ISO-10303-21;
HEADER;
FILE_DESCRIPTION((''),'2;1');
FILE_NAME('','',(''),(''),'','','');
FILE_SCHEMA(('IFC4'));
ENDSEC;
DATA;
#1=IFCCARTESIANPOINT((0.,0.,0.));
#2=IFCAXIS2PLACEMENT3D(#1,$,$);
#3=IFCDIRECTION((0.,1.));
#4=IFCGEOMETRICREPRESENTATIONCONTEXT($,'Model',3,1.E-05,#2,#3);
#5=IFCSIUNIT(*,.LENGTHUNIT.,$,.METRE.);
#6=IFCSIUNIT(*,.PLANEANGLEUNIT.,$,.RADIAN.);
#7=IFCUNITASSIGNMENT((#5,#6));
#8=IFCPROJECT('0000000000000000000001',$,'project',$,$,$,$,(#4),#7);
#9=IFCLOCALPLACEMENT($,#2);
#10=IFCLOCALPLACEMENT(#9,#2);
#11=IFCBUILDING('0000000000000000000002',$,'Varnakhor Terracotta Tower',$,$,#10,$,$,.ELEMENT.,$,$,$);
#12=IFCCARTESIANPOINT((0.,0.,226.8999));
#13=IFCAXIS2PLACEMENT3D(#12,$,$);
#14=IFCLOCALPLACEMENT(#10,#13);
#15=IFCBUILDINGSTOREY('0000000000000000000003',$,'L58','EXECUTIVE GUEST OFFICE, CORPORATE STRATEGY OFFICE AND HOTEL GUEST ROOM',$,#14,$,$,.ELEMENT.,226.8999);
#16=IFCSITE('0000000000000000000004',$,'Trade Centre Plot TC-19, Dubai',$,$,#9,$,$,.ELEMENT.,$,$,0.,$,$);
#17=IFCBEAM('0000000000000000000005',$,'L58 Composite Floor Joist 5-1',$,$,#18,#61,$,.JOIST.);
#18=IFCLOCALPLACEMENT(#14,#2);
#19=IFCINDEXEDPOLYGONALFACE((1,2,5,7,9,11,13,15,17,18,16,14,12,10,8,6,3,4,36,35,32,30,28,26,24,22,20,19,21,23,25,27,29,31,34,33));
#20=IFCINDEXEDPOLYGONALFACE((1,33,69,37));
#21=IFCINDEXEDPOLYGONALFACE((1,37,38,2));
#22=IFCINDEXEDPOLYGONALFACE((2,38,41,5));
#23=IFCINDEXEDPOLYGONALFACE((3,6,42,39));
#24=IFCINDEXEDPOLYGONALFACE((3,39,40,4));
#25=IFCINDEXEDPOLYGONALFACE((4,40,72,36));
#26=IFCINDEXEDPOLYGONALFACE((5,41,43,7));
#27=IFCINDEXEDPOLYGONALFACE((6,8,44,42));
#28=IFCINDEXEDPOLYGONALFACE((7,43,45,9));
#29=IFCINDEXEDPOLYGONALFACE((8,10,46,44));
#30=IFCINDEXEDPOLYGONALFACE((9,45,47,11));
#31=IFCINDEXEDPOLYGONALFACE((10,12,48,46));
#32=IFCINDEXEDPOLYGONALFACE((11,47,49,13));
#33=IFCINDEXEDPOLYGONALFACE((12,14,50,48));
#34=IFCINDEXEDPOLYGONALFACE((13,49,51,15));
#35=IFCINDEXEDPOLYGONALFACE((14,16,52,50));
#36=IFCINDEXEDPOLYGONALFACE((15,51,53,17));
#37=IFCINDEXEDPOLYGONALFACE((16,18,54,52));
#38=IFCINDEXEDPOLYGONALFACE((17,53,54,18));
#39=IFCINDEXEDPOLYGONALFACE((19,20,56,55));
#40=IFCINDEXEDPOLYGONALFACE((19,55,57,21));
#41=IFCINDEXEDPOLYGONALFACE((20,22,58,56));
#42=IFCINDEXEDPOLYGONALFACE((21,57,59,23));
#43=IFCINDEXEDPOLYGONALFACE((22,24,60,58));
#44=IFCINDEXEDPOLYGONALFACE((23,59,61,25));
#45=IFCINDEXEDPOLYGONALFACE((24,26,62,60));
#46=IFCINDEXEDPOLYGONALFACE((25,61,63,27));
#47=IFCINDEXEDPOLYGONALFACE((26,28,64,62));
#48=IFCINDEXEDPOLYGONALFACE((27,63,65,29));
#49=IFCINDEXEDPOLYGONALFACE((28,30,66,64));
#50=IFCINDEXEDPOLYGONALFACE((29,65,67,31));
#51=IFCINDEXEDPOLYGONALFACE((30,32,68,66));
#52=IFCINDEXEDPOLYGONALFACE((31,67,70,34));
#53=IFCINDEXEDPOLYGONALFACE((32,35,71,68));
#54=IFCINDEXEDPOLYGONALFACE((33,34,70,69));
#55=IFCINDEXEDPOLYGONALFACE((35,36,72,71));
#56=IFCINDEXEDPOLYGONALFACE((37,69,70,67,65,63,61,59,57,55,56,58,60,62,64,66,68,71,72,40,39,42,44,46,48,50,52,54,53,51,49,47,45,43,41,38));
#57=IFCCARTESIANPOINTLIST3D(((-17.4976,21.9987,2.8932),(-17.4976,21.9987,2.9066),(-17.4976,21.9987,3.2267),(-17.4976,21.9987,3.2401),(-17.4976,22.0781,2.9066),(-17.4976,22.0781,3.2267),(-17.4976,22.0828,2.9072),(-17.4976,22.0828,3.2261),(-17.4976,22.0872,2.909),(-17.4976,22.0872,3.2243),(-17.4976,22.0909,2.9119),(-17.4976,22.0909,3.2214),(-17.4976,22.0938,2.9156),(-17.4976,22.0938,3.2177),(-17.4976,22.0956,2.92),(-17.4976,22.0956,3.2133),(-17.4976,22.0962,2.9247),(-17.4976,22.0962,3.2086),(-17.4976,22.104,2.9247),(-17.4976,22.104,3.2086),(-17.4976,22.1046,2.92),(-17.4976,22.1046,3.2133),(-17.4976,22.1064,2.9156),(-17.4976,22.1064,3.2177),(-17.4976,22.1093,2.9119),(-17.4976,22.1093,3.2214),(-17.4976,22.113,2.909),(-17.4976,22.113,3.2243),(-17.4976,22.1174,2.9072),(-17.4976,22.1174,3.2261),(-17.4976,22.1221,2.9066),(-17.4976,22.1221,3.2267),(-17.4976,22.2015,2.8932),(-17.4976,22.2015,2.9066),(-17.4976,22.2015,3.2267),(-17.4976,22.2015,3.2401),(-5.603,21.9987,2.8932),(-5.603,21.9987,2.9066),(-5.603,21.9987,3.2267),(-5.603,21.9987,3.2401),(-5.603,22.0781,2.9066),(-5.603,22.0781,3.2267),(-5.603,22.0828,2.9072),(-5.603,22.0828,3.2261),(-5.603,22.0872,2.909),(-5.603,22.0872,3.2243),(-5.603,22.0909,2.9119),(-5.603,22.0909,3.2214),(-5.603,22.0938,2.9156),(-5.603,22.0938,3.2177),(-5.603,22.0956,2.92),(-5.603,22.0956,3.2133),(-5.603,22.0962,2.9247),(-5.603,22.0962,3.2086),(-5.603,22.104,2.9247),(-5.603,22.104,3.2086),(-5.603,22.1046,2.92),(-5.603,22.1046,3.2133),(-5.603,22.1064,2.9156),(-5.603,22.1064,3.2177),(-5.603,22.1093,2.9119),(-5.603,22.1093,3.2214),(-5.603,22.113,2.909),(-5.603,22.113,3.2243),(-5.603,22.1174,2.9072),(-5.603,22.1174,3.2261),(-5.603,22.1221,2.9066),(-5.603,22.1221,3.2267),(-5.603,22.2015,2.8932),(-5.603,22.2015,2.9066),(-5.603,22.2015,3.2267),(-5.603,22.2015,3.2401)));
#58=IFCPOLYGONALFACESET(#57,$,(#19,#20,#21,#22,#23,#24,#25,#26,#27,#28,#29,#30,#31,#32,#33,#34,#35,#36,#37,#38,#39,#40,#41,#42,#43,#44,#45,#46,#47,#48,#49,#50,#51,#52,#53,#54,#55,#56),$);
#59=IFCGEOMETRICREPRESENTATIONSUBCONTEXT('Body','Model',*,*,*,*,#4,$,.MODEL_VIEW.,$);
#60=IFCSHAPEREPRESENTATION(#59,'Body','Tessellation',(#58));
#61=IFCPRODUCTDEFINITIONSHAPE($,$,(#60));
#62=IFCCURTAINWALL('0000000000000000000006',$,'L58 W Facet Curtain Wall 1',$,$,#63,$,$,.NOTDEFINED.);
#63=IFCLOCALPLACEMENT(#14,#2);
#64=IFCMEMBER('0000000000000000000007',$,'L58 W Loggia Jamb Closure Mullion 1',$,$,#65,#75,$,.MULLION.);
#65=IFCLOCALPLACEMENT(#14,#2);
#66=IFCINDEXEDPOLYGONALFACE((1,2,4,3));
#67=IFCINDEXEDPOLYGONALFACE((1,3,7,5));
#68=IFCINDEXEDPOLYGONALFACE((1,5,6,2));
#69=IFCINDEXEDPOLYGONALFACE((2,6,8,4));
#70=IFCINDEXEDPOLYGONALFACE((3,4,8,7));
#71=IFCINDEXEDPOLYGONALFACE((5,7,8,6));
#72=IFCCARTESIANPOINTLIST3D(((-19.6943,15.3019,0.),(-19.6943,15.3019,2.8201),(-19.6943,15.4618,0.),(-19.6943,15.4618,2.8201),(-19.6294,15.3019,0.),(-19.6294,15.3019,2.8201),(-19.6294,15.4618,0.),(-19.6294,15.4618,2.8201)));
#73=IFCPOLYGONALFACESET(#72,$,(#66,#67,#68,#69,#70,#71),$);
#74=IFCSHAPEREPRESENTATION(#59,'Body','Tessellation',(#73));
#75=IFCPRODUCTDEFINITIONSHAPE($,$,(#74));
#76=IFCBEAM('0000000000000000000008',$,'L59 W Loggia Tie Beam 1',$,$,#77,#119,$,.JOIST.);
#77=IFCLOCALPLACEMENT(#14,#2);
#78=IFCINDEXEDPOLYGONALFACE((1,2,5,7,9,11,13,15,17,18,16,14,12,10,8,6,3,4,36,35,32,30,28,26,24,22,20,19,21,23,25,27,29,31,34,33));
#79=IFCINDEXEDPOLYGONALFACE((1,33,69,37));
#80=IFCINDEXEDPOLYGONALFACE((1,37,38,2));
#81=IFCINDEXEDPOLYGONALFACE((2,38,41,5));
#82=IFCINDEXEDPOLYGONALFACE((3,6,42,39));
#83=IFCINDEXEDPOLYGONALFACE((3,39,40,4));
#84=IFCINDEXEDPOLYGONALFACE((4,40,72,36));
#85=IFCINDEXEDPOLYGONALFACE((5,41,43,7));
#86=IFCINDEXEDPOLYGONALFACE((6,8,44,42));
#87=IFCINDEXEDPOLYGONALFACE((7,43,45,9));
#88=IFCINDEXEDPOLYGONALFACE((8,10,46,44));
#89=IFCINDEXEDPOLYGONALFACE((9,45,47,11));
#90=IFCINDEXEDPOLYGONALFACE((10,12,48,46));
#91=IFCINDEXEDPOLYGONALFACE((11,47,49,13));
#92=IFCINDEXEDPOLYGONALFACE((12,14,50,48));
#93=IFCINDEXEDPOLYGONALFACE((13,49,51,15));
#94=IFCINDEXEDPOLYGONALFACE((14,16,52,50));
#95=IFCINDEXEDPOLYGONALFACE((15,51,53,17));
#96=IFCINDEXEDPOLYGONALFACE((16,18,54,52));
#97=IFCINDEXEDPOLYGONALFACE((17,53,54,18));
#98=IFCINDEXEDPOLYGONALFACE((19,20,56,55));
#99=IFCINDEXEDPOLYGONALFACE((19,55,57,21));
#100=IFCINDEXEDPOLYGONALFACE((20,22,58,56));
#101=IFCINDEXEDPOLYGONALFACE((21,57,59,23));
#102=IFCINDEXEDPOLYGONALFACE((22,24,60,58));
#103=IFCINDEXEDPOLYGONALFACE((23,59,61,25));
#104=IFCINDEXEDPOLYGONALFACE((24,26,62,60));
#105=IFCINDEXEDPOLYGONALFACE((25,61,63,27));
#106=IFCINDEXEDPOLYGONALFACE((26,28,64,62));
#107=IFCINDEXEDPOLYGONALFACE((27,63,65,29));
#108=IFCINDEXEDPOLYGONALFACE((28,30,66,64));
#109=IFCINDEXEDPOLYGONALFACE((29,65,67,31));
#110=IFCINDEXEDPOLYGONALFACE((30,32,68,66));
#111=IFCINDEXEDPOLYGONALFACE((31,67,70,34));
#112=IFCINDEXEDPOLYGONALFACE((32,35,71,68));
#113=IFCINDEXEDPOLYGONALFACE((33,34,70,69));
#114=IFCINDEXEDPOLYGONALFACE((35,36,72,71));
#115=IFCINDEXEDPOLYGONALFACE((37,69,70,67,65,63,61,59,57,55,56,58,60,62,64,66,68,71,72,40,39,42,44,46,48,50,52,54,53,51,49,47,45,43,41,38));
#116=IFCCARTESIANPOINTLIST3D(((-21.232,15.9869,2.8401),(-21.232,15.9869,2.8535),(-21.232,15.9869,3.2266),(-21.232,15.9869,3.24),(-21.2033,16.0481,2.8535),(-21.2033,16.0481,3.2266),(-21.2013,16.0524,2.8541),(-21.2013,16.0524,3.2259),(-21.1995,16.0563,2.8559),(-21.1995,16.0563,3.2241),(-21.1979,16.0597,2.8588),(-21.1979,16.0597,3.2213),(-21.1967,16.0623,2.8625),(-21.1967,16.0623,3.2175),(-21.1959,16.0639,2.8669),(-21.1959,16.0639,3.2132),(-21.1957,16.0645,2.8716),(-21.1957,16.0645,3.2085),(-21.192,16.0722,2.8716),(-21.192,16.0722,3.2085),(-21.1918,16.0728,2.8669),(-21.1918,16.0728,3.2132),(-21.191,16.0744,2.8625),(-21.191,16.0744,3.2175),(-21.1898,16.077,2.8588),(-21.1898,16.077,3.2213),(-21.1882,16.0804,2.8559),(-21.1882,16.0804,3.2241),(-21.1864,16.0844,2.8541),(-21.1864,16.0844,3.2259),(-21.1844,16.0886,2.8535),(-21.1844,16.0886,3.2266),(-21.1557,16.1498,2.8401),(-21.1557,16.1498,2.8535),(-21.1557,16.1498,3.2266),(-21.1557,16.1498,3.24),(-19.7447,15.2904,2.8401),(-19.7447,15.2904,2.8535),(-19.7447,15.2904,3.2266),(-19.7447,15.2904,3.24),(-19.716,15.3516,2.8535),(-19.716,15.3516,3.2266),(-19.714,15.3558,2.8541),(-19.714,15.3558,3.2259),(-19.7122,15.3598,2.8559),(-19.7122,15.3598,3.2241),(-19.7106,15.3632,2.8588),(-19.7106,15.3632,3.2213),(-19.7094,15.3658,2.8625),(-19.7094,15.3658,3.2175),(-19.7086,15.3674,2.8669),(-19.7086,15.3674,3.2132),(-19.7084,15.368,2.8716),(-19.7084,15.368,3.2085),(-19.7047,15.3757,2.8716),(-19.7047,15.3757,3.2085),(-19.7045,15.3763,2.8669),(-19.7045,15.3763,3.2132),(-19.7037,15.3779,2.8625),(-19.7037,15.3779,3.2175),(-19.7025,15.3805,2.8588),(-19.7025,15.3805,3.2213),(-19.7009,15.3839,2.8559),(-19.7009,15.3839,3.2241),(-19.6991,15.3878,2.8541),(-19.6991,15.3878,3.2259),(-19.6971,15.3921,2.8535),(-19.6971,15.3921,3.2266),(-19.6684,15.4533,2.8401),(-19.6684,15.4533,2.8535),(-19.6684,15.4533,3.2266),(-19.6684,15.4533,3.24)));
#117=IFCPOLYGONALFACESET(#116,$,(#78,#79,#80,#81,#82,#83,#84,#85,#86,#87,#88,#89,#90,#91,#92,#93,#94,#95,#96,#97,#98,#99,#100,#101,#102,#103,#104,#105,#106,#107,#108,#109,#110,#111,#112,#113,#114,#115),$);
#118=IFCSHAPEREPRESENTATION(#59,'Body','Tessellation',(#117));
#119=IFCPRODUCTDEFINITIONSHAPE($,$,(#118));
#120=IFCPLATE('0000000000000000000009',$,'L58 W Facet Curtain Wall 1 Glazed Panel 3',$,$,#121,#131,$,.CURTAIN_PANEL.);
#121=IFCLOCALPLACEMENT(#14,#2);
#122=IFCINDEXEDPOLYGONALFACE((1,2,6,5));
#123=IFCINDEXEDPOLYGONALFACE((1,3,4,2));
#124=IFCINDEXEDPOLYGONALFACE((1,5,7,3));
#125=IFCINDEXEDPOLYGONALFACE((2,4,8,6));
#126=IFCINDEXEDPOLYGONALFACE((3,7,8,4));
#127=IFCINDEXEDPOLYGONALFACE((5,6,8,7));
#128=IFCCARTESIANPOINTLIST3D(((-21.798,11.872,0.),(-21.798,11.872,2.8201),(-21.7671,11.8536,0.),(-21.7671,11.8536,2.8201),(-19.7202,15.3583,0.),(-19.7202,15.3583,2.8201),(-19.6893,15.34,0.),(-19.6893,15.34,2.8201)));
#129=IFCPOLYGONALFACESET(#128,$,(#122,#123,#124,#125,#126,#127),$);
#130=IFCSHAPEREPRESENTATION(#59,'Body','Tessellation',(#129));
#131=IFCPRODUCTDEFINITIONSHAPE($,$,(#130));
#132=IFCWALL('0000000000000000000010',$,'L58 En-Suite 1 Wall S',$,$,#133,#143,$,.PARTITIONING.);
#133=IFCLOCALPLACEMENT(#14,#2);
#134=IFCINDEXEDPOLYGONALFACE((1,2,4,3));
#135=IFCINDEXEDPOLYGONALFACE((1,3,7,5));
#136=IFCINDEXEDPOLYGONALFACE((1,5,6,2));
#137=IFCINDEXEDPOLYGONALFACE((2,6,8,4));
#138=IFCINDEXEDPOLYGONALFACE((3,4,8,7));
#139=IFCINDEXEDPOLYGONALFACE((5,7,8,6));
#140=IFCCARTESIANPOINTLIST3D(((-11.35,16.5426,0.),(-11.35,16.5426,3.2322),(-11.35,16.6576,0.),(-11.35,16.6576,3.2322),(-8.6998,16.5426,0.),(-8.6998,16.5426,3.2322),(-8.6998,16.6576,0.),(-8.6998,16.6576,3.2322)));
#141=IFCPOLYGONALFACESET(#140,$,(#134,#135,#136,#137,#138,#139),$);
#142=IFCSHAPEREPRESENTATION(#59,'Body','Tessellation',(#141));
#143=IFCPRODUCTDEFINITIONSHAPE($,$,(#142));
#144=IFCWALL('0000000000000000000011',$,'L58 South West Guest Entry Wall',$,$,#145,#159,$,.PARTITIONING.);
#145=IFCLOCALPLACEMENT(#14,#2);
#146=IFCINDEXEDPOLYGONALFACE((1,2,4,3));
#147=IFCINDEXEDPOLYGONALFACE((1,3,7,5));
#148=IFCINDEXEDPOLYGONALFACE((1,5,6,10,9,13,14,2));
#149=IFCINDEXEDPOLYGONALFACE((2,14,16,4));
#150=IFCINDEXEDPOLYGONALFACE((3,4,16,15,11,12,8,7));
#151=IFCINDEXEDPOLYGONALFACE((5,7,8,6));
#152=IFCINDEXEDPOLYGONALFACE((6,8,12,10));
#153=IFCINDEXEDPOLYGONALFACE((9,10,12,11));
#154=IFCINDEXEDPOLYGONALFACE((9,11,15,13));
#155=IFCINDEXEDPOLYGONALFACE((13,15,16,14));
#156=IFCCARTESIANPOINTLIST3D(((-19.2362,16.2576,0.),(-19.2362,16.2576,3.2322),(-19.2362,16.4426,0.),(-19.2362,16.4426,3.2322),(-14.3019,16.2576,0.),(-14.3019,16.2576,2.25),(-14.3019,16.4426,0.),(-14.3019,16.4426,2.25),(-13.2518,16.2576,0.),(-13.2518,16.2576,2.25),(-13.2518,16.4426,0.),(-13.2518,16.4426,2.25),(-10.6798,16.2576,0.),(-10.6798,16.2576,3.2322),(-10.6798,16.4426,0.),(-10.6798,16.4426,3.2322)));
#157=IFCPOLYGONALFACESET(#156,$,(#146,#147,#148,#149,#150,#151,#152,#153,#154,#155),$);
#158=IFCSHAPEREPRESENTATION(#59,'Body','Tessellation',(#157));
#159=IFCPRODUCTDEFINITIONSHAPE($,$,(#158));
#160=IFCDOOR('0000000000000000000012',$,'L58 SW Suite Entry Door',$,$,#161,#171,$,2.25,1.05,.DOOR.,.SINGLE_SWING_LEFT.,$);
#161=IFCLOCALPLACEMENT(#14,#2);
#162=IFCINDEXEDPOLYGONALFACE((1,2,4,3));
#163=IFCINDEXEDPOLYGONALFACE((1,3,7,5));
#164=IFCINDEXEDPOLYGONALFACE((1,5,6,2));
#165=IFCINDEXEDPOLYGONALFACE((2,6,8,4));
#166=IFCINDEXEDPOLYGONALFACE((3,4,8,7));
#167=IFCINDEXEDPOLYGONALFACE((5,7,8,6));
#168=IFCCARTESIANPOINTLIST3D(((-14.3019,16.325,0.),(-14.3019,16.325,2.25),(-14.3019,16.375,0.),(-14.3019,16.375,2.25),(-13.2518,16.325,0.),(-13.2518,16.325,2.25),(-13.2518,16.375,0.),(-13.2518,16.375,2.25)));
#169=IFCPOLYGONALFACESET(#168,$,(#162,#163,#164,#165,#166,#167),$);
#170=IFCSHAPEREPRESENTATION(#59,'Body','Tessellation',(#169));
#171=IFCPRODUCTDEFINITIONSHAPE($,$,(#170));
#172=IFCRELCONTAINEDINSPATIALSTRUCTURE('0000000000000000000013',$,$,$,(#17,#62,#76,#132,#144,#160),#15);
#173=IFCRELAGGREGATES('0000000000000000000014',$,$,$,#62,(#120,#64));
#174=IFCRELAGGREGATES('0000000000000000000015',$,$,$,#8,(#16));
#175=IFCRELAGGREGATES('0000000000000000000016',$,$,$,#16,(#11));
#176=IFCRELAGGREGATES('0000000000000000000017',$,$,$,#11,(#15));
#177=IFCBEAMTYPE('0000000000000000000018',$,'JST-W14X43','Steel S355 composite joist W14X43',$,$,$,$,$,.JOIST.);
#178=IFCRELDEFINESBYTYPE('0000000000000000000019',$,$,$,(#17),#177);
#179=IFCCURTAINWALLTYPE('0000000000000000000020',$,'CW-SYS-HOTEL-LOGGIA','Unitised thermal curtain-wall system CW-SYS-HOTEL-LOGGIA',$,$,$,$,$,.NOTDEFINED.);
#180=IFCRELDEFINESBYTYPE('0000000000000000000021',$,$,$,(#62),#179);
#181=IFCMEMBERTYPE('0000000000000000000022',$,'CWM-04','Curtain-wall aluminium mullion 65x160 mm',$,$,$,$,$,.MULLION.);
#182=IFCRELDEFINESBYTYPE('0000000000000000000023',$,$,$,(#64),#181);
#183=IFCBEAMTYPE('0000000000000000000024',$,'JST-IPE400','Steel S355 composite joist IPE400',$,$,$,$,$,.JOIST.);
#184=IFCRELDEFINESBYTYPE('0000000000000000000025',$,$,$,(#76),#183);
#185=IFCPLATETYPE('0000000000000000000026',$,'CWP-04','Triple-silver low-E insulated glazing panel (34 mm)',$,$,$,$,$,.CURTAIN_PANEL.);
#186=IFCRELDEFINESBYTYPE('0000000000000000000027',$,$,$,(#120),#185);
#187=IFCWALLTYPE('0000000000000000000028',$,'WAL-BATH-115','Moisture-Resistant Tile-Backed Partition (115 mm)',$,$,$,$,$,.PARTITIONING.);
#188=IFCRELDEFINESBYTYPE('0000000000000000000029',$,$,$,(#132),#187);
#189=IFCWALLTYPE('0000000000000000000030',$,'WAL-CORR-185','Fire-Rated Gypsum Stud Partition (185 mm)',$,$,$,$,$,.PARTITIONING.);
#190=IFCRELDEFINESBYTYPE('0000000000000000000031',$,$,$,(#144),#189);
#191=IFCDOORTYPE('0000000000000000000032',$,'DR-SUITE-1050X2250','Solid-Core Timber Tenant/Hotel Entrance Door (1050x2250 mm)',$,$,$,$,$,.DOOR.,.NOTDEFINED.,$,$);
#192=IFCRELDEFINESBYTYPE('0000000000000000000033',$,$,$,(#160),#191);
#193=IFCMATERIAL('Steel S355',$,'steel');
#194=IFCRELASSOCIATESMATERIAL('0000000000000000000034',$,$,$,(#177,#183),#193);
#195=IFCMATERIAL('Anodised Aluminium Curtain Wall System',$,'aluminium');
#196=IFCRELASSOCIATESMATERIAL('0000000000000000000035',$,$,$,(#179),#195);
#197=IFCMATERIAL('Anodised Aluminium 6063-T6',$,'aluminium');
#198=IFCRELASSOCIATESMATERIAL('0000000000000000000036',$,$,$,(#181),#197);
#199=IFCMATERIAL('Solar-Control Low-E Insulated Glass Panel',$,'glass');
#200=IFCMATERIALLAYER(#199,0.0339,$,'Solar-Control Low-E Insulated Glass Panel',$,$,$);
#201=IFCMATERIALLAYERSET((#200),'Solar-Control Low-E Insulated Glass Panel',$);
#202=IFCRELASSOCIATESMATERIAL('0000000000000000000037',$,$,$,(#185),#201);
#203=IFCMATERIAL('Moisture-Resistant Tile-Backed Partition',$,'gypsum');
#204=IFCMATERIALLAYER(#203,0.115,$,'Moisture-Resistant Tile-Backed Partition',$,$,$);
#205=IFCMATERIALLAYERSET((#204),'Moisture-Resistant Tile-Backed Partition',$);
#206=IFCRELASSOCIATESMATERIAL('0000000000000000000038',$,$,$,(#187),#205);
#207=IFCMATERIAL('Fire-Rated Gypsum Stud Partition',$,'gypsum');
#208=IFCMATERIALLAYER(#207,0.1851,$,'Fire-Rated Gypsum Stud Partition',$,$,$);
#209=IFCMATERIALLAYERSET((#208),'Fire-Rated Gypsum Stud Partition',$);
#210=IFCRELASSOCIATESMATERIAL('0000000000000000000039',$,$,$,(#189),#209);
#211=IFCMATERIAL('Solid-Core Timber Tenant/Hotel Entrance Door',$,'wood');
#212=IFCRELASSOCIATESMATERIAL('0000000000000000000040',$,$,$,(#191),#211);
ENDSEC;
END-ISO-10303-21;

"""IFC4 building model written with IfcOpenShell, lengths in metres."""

from ifc_helpers import new_model, si_unit, direction, frame, frame_2d, origin, origin_2d, place, context, subcontext, project, spatial, rectangle, i_section, extrude, source, transform, mapped, material, layer, layer_set, material_profile, profile_set, type_object, type_shapes, element, fill, aggregate, save


model = new_model("IFC4")

# Units and contexts
model_context = context("Model", 3, precision=1e-05, world=origin(), true_north=direction((0.0, 1.0)))
body_context = subcontext(model_context, "Body", "Model", "MODEL_VIEW")
ifc_project = project(units=[si_unit("LENGTHUNIT", "METRE"), si_unit("PLANEANGLEUNIT", "RADIAN")], contexts=[model_context])

# Site, building, storey
site_placement = place(None, origin())
site = spatial("IfcSite", under=ifc_project, at=site_placement, Name="Trade Centre Plot TC-19, Dubai", CompositionType="ELEMENT", RefElevation=0.0)
building_placement = place(site_placement, origin())
building = spatial("IfcBuilding", under=site, at=building_placement, Name="Varnakhor Terracotta Tower", CompositionType="ELEMENT")
storey_placement = place(building_placement, frame((0.0, 0.0, 226.8999)))
storey = spatial("IfcBuildingStorey", under=building, at=storey_placement, Name="L58", Description="EXECUTIVE GUEST OFFICE, CORPORATE STRATEGY OFFICE AND HOTEL GUEST ROOM", CompositionType="ELEMENT", Elevation=226.8999)

# Beam
ifc_material_1 = material(Name="Steel S355", Category="steel")
ifc_material_profile_1 = material_profile(ifc_material_1, i_section(OverallWidth=0.2029, OverallDepth=0.3469, WebThickness=0.0078, FlangeThickness=0.0134, FilletRadius=0.0181, at=origin_2d()), Name="W14X43")
ifc_profile_set_1 = profile_set([ifc_material_profile_1], Name="Steel S355")
beam_type_1 = type_object("IfcBeamType", Name="JST-W14X43", Description="Steel S355 composite joist W14X43", PredefinedType="JOIST", material=ifc_profile_set_1)
shared_shape_1 = source(origin(), body_context, "Body", "SweptSolid", [
    extrude(i_section(OverallWidth=0.2029, OverallDepth=0.3469, WebThickness=0.0078, FlangeThickness=0.0134, FilletRadius=0.0181, at=origin_2d()), origin(), (0.0, 0.0, 1.0), 11.8945),
])
beam_1_placement = place(storey_placement, frame((-17.4976, 22.1001, 3.0667), z_axis=(1.0, 0.0, 0.0), x_axis=(0.0, 1.0, 0.0)))
element("IfcBeam", 1, at=beam_1_placement, inside=storey, type_object=beam_type_1, Name="L58 Composite Floor Joist 5-1", PredefinedType="JOIST", context=body_context, shape_type="MappedRepresentation", body=[
    mapped(shared_shape_1, transform((0.0, 0.0, 0.0), scale=1.0)),
])

# Curtain wall, member
ifc_material_2 = material(Name="Anodised Aluminium Curtain Wall System", Category="aluminium")
curtain_wall_type = type_object("IfcCurtainWallType", Name="CW-SYS-HOTEL-LOGGIA", Description="Unitised thermal curtain-wall system CW-SYS-HOTEL-LOGGIA", PredefinedType="NOTDEFINED", material=ifc_material_2)
curtain_wall_placement = place(storey_placement, origin())
curtain_wall = element("IfcCurtainWall", 2, at=curtain_wall_placement, inside=storey, type_object=curtain_wall_type, Name="L58 W Facet Curtain Wall 1", PredefinedType="NOTDEFINED")
ifc_material_3 = material(Name="Anodised Aluminium 6063-T6", Category="aluminium")
ifc_material_profile_2 = material_profile(ifc_material_3, rectangle(XDim=0.0649, YDim=0.1599, at=origin_2d()), Name="ALU MULLION 65x160")
ifc_profile_set_2 = profile_set([ifc_material_profile_2], Name="Anodised Aluminium 6063-T6")
member_type = type_object("IfcMemberType", Name="CWM-04", Description="Curtain-wall aluminium mullion 65x160 mm", PredefinedType="MULLION", material=ifc_profile_set_2)
shared_shape_2 = source(origin(), body_context, "Body", "SweptSolid", [
    extrude(rectangle(XDim=0.0649, YDim=0.1599, at=origin_2d()), origin(), (0.0, 0.0, 1.0), 2.8201),
])
type_shapes(member_type, [shared_shape_2])
member_placement = place(storey_placement, frame((-19.6619, 15.3818, 0.0), z_axis=(0.0, 0.0, 1.0), x_axis=(1.0, 0.0, 0.0)))
member = element("IfcMember", 3, at=member_placement, type_object=member_type, Name="L58 W Loggia Jamb Closure Mullion 1", PredefinedType="MULLION", context=body_context, shape_type="MappedRepresentation", body=[
    mapped(shared_shape_2, transform((0.0, 0.0, 0.0), scale=1.0)),
])

# Beam
ifc_material_profile_3 = material_profile(ifc_material_1, i_section(OverallWidth=0.1799, OverallDepth=0.3999, WebThickness=0.0085, FlangeThickness=0.0134, FilletRadius=0.0181, at=origin_2d()), Name="IPE400")
ifc_profile_set_3 = profile_set([ifc_material_profile_3], Name="Steel S355")
beam_type_2 = type_object("IfcBeamType", Name="JST-IPE400", Description="Steel S355 composite joist IPE400", PredefinedType="JOIST", material=ifc_profile_set_3)
shared_shape_3 = source(origin(), body_context, "Body", "SweptSolid", [
    extrude(i_section(OverallWidth=0.1799, OverallDepth=0.3999, WebThickness=0.0085, FlangeThickness=0.0134, FilletRadius=0.0181, at=origin_2d()), origin(), (0.0, 0.0, 1.0), 1.6423),
])
beam_2_placement = place(storey_placement, frame((-19.7065, 15.3718, 3.04), z_axis=(-0.905609, 0.424114, 0.0), x_axis=(-0.424114, -0.905609, 0.0)))
element("IfcBeam", 4, at=beam_2_placement, inside=storey, type_object=beam_type_2, Name="L59 W Loggia Tie Beam 1", PredefinedType="JOIST", context=body_context, shape_type="MappedRepresentation", body=[
    mapped(shared_shape_3, transform((0.0, 0.0, 0.0), scale=1.0)),
])

# Plate
ifc_material_4 = material(Name="Solar-Control Low-E Insulated Glass Panel", Category="glass")
ifc_layer_1 = layer(ifc_material_4, 0.0339, Name="Solar-Control Low-E Insulated Glass Panel")
ifc_layer_set_1 = layer_set([ifc_layer_1], Name="Solar-Control Low-E Insulated Glass Panel")
plate_type = type_object("IfcPlateType", Name="CWP-04", Description="Triple-silver low-E insulated glazing panel (34 mm)", PredefinedType="CURTAIN_PANEL", material=ifc_layer_set_1)
shared_shape_4 = source(origin(), body_context, "Body", "SweptSolid", [
    extrude(rectangle(XDim=4.0586, YDim=0.0359, at=origin_2d()), origin(), (0.0, 0.0, 1.0), 2.8201),
])
plate_placement = place(storey_placement, frame((-20.7437, 13.606, 0.0), z_axis=(0.0, 0.0, 1.0), x_axis=(0.511953, 0.859014, 0.0)))
plate = element("IfcPlate", 5, at=plate_placement, type_object=plate_type, Name="L58 W Facet Curtain Wall 1 Glazed Panel 3", PredefinedType="CURTAIN_PANEL", context=body_context, shape_type="MappedRepresentation", body=[
    mapped(shared_shape_4, transform((0.0, 0.0, 0.0), scale=1.0)),
])
aggregate(curtain_wall, [plate, member])

# Wall
ifc_material_5 = material(Name="Moisture-Resistant Tile-Backed Partition", Category="gypsum")
ifc_layer_2 = layer(ifc_material_5, 0.115, Name="Moisture-Resistant Tile-Backed Partition")
ifc_layer_set_2 = layer_set([ifc_layer_2], Name="Moisture-Resistant Tile-Backed Partition")
wall_type_1 = type_object("IfcWallType", Name="WAL-BATH-115", Description="Moisture-Resistant Tile-Backed Partition (115 mm)", PredefinedType="PARTITIONING", material=ifc_layer_set_2)
wall_1_placement = place(storey_placement, frame((-11.3501, 16.6001, 0.0), z_axis=(0.0, 0.0, 1.0), x_axis=(1.0, 0.0, 0.0)))
element("IfcWall", 6, at=wall_1_placement, inside=storey, type_object=wall_type_1, Name="L58 En-Suite 1 Wall S", PredefinedType="PARTITIONING", context=body_context, shape_type="SweptSolid", body=[
    extrude(rectangle(XDim=2.6501, YDim=0.115, at=frame_2d((1.3252, 0.0))), origin(), (0.0, 0.0, 1.0), 3.2322),
])

# Wall, opening, door
ifc_material_6 = material(Name="Fire-Rated Gypsum Stud Partition", Category="gypsum")
ifc_layer_3 = layer(ifc_material_6, 0.1851, Name="Fire-Rated Gypsum Stud Partition")
ifc_layer_set_3 = layer_set([ifc_layer_3], Name="Fire-Rated Gypsum Stud Partition")
wall_type_2 = type_object("IfcWallType", Name="WAL-CORR-185", Description="Fire-Rated Gypsum Stud Partition (185 mm)", PredefinedType="PARTITIONING", material=ifc_layer_set_3)
wall_2_placement = place(storey_placement, frame((-19.2363, 16.3501, 0.0), z_axis=(0.0, 0.0, 1.0), x_axis=(1.0, 0.0, 0.0)))
wall_2 = element("IfcWall", 7, at=wall_2_placement, inside=storey, type_object=wall_type_2, Name="L58 South West Guest Entry Wall", PredefinedType="PARTITIONING", context=body_context, shape_type="SweptSolid", body=[
    extrude(rectangle(XDim=8.5564, YDim=0.1851, at=frame_2d((4.2783, 0.0))), origin(), (0.0, 0.0, 1.0), 3.2322),
])
opening_1_placement = place(wall_2_placement, frame((4.9346, 0.0, 0.0)))
opening_1 = element("IfcOpeningElement", 8, at=opening_1_placement, cuts=wall_2, PredefinedType="OPENING", context=body_context, shape_type="SweptSolid", body=[
    extrude(rectangle(XDim=1.05, YDim=2.25, at=frame_2d((0.5249, 1.125))), frame((0.0, 0.1025, 0.0), z_axis=(0.0, -1.0, 0.0), x_axis=(1.0, 0.0, 0.0)), (0.0, 0.0, 1.0), 0.2051),
])
ifc_material_7 = material(Name="Solid-Core Timber Tenant/Hotel Entrance Door", Category="wood")
door_type_1 = type_object("IfcDoorType", Name="DR-SUITE-1050X2250", Description="Solid-Core Timber Tenant/Hotel Entrance Door (1050x2250 mm)", OperationType="NOTDEFINED", PredefinedType="DOOR", material=ifc_material_7)
shared_shape_5 = source(origin(), body_context, "Body", "SweptSolid", [
    extrude(rectangle(XDim=1.05, YDim=2.25, at=frame_2d((0.5249, 1.125))), frame((0.0, 0.0249, 0.0), z_axis=(0.0, -1.0, 0.0), x_axis=(1.0, 0.0, 0.0)), (0.0, 0.0, 1.0), 0.05),
])
type_shapes(door_type_1, [shared_shape_5])
door_1_placement = place(opening_1_placement, origin())
door_1 = element("IfcDoor", 9, at=door_1_placement, inside=storey, type_object=door_type_1, Name="L58 SW Suite Entry Door", OperationType="SINGLE_SWING_LEFT", OverallHeight=2.25, OverallWidth=1.05, PredefinedType="DOOR", context=body_context, shape_type="MappedRepresentation", body=[
    mapped(shared_shape_5, transform((0.0, 0.0, 0.0), scale=1.0)),
])
fill(opening_1, door_1)

save(model, "model.ifc")
